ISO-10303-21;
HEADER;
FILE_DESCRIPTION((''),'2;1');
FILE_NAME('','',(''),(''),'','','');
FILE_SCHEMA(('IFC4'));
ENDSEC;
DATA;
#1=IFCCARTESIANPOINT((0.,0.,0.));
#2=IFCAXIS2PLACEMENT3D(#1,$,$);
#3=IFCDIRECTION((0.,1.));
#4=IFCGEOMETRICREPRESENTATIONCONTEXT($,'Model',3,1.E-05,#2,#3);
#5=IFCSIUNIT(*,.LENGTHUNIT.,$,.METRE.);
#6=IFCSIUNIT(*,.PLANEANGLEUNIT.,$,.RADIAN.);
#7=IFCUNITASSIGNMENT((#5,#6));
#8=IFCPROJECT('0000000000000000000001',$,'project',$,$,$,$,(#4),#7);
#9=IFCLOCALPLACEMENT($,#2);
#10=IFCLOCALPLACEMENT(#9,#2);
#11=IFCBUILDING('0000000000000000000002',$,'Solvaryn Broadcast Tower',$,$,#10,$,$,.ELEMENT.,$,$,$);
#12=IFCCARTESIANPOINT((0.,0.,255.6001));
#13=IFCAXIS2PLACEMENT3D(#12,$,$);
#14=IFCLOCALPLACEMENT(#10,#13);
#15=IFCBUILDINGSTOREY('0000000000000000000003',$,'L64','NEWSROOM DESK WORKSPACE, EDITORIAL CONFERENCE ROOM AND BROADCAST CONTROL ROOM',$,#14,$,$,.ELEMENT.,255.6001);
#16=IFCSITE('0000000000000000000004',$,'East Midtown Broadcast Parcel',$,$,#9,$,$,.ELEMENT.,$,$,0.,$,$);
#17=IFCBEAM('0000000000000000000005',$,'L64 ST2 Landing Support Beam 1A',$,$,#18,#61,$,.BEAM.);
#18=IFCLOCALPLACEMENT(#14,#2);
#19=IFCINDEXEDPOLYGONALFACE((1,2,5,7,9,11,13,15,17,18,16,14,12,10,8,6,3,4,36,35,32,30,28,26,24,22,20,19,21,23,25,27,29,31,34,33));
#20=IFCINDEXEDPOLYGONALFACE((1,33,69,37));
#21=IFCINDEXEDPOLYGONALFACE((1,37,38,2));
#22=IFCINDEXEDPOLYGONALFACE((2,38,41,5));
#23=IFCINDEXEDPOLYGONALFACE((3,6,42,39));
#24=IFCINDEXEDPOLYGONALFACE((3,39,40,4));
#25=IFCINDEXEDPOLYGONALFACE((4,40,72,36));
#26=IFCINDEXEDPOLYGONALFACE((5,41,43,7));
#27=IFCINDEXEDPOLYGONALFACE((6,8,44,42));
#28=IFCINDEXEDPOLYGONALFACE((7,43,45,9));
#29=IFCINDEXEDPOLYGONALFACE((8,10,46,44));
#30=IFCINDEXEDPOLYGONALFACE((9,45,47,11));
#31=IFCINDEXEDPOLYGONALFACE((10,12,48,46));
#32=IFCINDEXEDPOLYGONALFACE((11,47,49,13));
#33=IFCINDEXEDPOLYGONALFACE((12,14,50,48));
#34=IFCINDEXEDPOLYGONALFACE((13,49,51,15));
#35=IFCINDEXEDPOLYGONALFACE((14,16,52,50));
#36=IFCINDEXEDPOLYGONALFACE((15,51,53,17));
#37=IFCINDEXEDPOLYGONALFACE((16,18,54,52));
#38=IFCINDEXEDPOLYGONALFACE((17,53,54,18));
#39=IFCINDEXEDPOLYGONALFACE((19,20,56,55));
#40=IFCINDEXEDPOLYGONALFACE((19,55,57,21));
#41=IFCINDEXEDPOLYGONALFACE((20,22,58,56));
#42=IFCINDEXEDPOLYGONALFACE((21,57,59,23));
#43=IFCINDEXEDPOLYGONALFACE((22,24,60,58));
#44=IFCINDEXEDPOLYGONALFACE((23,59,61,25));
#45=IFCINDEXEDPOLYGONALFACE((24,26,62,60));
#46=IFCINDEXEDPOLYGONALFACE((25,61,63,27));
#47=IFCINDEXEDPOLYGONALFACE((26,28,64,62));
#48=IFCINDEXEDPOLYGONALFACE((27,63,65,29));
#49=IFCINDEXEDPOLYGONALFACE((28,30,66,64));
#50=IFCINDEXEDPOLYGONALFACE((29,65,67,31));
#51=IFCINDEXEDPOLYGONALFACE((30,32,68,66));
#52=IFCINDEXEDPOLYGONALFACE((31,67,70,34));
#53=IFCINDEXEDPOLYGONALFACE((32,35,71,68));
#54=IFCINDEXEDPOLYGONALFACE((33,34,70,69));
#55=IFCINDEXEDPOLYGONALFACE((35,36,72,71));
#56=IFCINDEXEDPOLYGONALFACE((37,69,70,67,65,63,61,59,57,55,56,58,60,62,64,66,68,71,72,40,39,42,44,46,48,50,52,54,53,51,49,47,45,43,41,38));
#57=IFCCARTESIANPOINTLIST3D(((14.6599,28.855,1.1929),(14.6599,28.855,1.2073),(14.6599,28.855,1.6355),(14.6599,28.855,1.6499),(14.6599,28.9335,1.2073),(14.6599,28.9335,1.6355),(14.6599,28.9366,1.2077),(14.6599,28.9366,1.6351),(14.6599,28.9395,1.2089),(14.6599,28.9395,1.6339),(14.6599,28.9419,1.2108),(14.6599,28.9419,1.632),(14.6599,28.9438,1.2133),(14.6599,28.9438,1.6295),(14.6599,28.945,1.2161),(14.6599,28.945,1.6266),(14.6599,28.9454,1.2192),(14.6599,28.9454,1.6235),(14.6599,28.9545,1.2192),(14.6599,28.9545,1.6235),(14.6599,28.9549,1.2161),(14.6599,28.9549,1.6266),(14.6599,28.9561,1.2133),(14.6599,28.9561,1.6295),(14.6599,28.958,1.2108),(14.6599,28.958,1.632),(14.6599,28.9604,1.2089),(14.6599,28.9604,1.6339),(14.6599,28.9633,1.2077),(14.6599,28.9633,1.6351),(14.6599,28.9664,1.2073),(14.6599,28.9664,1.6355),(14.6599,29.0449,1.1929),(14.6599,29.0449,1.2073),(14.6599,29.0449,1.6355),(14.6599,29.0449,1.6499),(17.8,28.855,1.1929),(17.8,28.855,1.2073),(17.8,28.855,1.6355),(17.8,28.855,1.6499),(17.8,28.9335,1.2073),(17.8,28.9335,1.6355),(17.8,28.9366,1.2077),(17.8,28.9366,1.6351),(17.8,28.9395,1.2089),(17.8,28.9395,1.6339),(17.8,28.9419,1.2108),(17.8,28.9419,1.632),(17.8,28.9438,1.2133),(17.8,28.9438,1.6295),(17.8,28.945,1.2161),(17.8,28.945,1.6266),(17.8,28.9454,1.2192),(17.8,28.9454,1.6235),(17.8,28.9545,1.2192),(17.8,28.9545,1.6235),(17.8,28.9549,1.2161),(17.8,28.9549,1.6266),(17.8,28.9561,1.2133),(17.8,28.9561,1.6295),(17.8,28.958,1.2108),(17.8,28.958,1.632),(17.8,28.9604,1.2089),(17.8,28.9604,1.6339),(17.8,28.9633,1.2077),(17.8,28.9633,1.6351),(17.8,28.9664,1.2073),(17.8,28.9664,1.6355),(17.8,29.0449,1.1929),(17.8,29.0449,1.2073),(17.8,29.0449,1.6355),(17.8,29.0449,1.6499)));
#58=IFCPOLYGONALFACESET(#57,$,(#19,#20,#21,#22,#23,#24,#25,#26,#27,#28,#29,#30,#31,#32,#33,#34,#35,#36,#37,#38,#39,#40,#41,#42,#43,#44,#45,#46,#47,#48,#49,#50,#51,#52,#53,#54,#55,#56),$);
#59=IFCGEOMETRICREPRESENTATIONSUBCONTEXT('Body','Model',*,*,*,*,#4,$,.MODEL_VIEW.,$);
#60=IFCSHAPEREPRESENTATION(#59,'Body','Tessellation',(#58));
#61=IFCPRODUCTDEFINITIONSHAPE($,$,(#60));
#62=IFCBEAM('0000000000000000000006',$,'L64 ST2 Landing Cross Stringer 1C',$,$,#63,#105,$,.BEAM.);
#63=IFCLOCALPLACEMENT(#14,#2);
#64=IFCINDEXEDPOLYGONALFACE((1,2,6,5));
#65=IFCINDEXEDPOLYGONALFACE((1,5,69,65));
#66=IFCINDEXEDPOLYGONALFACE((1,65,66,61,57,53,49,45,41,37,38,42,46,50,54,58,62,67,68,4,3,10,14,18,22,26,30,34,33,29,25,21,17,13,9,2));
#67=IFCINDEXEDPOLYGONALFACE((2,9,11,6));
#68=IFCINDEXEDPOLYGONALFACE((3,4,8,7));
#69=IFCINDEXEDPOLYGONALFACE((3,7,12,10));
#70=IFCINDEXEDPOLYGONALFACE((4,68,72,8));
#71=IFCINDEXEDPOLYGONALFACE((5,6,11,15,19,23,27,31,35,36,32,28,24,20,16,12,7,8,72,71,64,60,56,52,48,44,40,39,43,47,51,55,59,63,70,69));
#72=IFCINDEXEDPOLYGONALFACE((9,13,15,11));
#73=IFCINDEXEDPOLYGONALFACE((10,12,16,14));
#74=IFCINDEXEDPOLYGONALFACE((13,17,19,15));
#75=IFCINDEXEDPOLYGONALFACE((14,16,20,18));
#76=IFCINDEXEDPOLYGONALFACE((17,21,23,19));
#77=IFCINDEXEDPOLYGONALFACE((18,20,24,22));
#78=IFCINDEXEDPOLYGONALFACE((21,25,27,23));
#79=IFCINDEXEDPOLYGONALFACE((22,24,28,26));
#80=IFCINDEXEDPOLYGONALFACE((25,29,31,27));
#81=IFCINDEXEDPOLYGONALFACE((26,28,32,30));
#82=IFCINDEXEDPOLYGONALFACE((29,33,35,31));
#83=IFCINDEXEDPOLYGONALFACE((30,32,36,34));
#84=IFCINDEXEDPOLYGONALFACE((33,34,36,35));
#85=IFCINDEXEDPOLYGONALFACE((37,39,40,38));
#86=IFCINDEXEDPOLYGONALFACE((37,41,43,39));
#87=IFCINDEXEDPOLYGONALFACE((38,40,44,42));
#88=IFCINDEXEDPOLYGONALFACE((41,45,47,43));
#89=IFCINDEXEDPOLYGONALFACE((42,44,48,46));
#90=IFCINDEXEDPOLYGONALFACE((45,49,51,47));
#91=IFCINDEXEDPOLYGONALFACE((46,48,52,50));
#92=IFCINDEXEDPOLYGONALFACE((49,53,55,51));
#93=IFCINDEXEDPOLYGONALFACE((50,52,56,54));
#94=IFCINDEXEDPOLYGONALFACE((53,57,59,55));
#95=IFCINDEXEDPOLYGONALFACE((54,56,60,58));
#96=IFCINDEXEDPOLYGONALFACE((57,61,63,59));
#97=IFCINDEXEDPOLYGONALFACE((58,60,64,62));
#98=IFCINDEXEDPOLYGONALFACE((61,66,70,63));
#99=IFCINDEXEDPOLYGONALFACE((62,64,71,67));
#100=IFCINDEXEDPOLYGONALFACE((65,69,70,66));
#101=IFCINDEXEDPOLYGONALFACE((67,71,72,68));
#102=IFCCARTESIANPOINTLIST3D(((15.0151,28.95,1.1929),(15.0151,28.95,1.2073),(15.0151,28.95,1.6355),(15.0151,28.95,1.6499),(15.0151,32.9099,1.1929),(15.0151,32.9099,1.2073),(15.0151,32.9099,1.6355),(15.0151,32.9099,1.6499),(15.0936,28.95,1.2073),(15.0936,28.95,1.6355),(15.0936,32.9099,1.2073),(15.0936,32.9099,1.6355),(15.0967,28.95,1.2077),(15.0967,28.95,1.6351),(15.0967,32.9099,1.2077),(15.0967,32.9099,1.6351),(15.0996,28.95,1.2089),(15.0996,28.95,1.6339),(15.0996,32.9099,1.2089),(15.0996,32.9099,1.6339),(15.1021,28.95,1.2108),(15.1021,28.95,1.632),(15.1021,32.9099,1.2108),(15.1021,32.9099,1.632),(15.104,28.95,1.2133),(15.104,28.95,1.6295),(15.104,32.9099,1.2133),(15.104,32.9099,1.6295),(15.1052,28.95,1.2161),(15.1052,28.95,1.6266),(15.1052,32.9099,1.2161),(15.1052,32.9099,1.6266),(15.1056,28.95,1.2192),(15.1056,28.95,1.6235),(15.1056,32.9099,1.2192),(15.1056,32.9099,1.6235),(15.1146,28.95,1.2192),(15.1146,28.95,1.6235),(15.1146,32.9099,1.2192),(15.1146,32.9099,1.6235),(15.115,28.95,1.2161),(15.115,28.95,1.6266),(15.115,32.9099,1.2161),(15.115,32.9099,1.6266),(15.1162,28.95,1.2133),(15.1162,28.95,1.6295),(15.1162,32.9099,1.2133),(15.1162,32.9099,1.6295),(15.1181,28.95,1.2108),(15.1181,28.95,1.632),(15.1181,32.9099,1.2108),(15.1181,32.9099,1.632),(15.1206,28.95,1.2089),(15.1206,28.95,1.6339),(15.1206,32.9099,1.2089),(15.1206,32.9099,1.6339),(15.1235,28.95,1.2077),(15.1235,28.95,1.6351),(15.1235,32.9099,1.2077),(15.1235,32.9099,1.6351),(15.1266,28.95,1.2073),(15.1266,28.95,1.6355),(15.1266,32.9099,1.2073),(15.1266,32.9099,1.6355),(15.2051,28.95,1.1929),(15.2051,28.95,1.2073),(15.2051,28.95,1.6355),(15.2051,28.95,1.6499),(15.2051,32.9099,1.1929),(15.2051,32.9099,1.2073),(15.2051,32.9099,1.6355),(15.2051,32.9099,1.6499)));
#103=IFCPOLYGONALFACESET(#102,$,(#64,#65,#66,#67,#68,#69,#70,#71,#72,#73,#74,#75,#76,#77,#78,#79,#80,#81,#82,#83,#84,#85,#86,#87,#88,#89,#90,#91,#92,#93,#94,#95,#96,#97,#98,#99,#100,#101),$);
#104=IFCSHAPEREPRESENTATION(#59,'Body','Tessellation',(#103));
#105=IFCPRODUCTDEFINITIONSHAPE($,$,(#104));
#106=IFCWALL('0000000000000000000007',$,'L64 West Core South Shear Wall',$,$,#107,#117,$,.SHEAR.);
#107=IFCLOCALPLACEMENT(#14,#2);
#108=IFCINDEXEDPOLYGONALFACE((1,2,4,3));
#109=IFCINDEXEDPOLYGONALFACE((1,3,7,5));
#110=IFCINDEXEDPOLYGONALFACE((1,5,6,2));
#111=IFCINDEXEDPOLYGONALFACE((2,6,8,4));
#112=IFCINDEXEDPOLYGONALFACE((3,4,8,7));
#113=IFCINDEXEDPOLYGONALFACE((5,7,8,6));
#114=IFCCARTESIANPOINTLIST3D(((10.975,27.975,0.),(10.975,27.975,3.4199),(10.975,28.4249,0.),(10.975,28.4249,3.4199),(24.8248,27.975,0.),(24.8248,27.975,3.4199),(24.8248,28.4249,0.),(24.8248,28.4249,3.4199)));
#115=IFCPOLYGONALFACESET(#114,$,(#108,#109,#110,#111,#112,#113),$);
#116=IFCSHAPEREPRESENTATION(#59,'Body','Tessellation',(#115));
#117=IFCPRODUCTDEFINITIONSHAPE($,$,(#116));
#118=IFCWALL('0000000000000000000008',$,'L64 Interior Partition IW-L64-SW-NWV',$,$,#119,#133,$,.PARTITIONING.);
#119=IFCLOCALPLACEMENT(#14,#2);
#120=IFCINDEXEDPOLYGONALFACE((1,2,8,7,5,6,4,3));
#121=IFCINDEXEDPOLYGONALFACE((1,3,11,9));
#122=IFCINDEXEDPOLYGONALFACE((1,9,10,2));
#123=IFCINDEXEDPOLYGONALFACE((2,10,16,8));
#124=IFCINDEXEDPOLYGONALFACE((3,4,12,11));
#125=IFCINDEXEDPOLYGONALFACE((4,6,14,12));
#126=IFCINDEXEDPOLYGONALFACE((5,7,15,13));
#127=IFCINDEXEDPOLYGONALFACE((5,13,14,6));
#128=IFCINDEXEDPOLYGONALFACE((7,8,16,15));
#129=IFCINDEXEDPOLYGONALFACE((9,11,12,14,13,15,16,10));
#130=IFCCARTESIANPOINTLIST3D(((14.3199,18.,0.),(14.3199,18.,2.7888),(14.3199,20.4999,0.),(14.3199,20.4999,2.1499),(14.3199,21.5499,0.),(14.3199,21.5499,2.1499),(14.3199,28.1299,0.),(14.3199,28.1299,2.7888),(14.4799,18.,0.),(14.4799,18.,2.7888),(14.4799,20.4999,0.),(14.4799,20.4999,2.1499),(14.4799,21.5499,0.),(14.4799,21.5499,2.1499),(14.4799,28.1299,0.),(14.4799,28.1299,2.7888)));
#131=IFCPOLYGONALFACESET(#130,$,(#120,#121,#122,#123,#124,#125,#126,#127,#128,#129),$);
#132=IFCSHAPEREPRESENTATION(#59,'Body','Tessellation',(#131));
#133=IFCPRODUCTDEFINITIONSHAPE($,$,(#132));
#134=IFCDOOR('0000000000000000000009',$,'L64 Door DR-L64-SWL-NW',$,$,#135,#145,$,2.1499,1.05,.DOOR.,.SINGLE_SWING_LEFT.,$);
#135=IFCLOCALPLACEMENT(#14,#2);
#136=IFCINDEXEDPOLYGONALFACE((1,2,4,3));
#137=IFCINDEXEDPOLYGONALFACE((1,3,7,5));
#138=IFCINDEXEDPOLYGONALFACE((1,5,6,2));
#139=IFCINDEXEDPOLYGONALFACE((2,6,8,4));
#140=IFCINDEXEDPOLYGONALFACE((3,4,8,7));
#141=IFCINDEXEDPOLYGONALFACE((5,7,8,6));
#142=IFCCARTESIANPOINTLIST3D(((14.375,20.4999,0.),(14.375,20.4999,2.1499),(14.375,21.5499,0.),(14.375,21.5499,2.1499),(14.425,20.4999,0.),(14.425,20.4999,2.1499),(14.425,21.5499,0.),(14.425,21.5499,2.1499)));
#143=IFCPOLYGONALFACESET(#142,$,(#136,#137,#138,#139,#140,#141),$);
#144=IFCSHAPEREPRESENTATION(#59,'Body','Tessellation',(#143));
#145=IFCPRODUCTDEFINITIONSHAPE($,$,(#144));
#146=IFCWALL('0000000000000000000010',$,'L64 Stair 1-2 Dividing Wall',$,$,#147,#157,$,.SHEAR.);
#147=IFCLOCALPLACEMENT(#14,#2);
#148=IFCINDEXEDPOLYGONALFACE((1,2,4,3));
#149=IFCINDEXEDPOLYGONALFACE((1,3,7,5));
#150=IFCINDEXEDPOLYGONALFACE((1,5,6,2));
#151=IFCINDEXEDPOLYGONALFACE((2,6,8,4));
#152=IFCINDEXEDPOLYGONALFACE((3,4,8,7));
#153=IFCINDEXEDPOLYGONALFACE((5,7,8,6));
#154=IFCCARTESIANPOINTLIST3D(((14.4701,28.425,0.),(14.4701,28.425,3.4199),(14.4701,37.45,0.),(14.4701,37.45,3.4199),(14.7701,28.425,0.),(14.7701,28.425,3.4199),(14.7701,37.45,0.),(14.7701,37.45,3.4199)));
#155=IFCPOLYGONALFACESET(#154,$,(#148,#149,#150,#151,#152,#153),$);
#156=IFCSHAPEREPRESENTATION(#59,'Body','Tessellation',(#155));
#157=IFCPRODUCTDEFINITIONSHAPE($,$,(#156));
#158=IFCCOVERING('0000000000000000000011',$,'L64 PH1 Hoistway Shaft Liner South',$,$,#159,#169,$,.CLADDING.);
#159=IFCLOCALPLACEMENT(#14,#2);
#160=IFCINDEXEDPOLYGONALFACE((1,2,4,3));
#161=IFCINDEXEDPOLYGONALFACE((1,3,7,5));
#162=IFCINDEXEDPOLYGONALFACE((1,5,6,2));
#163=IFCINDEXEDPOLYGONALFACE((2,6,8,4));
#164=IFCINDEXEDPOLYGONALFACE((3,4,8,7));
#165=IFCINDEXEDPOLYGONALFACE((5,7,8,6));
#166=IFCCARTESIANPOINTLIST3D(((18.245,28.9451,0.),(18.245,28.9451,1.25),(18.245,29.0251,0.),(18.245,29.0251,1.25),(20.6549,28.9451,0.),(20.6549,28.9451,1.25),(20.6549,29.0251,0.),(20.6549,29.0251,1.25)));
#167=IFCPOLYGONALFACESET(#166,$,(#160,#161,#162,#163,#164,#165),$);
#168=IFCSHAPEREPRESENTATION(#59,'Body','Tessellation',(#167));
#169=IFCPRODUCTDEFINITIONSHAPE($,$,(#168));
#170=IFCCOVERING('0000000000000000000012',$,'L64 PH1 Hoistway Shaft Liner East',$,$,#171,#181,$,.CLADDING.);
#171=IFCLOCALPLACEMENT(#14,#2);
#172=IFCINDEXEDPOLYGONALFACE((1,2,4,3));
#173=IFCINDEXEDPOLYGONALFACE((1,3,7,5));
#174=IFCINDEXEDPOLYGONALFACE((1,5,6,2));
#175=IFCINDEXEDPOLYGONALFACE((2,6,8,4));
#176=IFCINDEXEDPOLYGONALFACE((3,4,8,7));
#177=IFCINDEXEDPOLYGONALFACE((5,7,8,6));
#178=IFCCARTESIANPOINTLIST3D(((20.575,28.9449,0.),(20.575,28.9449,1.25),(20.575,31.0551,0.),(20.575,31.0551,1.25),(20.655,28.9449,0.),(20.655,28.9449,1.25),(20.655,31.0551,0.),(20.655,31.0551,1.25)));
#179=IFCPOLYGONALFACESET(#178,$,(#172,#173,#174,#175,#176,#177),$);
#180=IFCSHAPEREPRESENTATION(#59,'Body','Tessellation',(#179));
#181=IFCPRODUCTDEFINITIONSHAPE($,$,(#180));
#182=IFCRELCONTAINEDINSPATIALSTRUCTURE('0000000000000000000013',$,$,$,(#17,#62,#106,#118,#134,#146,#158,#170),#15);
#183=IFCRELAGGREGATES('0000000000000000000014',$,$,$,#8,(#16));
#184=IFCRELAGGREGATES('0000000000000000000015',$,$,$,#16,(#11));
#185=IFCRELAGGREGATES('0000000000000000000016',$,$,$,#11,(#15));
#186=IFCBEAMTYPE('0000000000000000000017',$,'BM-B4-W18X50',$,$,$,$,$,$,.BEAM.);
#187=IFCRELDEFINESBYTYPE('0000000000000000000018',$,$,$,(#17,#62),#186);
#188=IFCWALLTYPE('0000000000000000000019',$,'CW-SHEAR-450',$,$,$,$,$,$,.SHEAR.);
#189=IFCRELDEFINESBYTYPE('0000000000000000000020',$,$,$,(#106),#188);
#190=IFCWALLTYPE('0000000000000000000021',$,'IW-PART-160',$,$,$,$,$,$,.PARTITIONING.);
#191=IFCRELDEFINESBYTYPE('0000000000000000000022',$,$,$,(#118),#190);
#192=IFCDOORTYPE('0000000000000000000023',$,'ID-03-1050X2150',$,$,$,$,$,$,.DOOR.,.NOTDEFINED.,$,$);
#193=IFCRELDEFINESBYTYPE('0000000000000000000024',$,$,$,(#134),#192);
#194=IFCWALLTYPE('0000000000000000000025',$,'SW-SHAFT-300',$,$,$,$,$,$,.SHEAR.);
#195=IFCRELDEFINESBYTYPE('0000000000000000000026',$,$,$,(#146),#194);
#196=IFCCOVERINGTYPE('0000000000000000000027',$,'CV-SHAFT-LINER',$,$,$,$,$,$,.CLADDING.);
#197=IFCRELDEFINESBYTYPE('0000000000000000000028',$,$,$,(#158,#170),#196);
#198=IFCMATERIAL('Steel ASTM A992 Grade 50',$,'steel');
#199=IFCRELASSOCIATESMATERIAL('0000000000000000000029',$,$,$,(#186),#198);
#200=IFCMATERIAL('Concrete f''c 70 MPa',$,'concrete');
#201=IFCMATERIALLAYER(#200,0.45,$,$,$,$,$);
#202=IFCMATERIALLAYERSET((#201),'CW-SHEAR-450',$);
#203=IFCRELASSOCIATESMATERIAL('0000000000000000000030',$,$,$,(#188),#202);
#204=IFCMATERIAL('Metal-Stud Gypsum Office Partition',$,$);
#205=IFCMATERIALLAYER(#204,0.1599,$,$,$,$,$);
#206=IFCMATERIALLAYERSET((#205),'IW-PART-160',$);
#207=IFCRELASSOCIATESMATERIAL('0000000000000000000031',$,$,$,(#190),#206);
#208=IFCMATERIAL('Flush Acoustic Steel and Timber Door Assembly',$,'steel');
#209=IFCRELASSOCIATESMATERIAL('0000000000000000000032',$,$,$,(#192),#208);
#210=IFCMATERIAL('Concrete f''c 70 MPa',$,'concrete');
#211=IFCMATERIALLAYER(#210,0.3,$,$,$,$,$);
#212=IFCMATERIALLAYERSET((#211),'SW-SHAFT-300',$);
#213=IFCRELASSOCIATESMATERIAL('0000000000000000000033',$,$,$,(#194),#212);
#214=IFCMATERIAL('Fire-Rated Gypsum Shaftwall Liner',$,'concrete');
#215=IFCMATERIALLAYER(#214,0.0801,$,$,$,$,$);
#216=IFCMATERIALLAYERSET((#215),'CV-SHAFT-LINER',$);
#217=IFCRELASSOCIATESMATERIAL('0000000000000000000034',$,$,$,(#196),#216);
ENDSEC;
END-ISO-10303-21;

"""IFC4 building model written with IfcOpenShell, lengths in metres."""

from ifc_helpers import new_model, si_unit, direction, frame, frame_2d, origin, origin_2d, place, context, subcontext, project, spatial, rectangle, i_section, extrude, material, layer, layer_set, material_profile, profile_set, type_object, element, fill, save


model = new_model("IFC4")

# Units and contexts
model_context = context("Model", 3, precision=1e-05, world=origin(), true_north=direction((0.0, 1.0)))
body_context = subcontext(model_context, "Body", "Model", "MODEL_VIEW")
ifc_project = project(units=[si_unit("LENGTHUNIT", "METRE"), si_unit("PLANEANGLEUNIT", "RADIAN")], contexts=[model_context])

# Site, building, storey
site_placement = place(None, origin())
site = spatial("IfcSite", under=ifc_project, at=site_placement, Name="East Midtown Broadcast Parcel", CompositionType="ELEMENT", RefElevation=0.0)
building_placement = place(site_placement, origin())
building = spatial("IfcBuilding", under=site, at=building_placement, Name="Solvaryn Broadcast Tower", CompositionType="ELEMENT")
storey_placement = place(building_placement, frame((0.0, 0.0, 255.6001)))
storey = spatial("IfcBuildingStorey", under=building, at=storey_placement, Name="L64", Description="NEWSROOM DESK WORKSPACE, EDITORIAL CONFERENCE ROOM AND BROADCAST CONTROL ROOM", CompositionType="ELEMENT", Elevation=255.6001)

# Beams
ifc_material_1 = material(Name="Steel ASTM A992 Grade 50", Category="steel")
ifc_material_profile_1 = material_profile(ifc_material_1, i_section(OverallWidth=0.1899, OverallDepth=0.457, WebThickness=0.009, FlangeThickness=0.0144, FilletRadius=0.012, at=origin_2d()))
ifc_profile_set_1 = profile_set([ifc_material_profile_1], Name="Steel ASTM A992 Grade 50")
beam_type_1 = type_object("IfcBeamType", Name="BM-B4-W18X50", PredefinedType="BEAM", material=ifc_profile_set_1)
beam_1_placement = place(storey_placement, frame((14.6599, 28.95, 1.4214), z_axis=(1.0, 0.0, 0.0), x_axis=(0.0, 1.0, 0.0)))
element("IfcBeam", 1, at=beam_1_placement, inside=storey, type_object=beam_type_1, Name="L64 ST2 Landing Support Beam 1A", PredefinedType="BEAM", context=body_context, shape_type="SweptSolid", body=[
    extrude(i_section(OverallWidth=0.1899, OverallDepth=0.457, WebThickness=0.009, FlangeThickness=0.0144, FilletRadius=0.012, at=origin_2d()), origin(), (0.0, 0.0, 1.0), 3.1401),
])
beam_2_placement = place(storey_placement, frame((15.1101, 28.95, 1.4214), z_axis=(0.0, 1.0, 0.0), x_axis=(-1.0, 0.0, 0.0)))
element("IfcBeam", 2, at=beam_2_placement, inside=storey, type_object=beam_type_1, Name="L64 ST2 Landing Cross Stringer 1C", PredefinedType="BEAM", context=body_context, shape_type="SweptSolid", body=[
    extrude(i_section(OverallWidth=0.1899, OverallDepth=0.457, WebThickness=0.009, FlangeThickness=0.0144, FilletRadius=0.012, at=origin_2d()), origin(), (0.0, 0.0, 1.0), 3.96),
])

# Wall
ifc_material_2 = material(Name="Concrete f'c 70 MPa", Category="concrete")
ifc_layer_1 = layer(ifc_material_2, 0.45)
ifc_layer_set_1 = layer_set([ifc_layer_1], Name="CW-SHEAR-450")
wall_type_1 = type_object("IfcWallType", Name="CW-SHEAR-450", PredefinedType="SHEAR", material=ifc_layer_set_1)
wall_1_placement = place(storey_placement, frame((10.9751, 28.2, 0.0), z_axis=(0.0, 0.0, 1.0), x_axis=(1.0, 0.0, 0.0)))
element("IfcWall", 3, at=wall_1_placement, inside=storey, type_object=wall_type_1, Name="L64 West Core South Shear Wall", PredefinedType="SHEAR", context=body_context, shape_type="SweptSolid", body=[
    extrude(rectangle(XDim=13.8499, YDim=0.45, at=frame_2d((6.9248, 0.0))), origin(), (0.0, 0.0, 1.0), 3.4199),
])

# Wall, opening, door
ifc_material_3 = material(Name="Metal-Stud Gypsum Office Partition")
ifc_layer_2 = layer(ifc_material_3, 0.1599)
ifc_layer_set_2 = layer_set([ifc_layer_2], Name="IW-PART-160")
wall_type_2 = type_object("IfcWallType", Name="IW-PART-160", PredefinedType="PARTITIONING", material=ifc_layer_set_2)
ifc_material_4 = material(Name="Flush Acoustic Steel and Timber Door Assembly", Category="steel")
door_type = type_object("IfcDoorType", Name="ID-03-1050X2150", OperationType="NOTDEFINED", PredefinedType="DOOR", material=ifc_material_4)
wall_2_placement = place(storey_placement, frame((14.3999, 18.0, 0.0), z_axis=(0.0, 0.0, 1.0), x_axis=(0.0, 1.0, 0.0)))
wall_2 = element("IfcWall", 4, at=wall_2_placement, inside=storey, type_object=wall_type_2, Name="L64 Interior Partition IW-L64-SW-NWV", PredefinedType="PARTITIONING", context=body_context, shape_type="SweptSolid", body=[
    extrude(rectangle(XDim=10.1299, YDim=0.1599, at=frame_2d((5.0649, 0.0))), origin(), (0.0, 0.0, 1.0), 2.7888),
])
opening_1_placement = place(wall_2_placement, frame((2.5, 0.0, 0.0)))
opening_1 = element("IfcOpeningElement", 5, at=opening_1_placement, cuts=wall_2, PredefinedType="OPENING", context=body_context, shape_type="SweptSolid", body=[
    extrude(rectangle(XDim=1.05, YDim=2.1499, at=frame_2d((0.5249, 1.075))), frame((0.0, 0.0901, 0.0), z_axis=(0.0, -1.0, 0.0), x_axis=(1.0, 0.0, 0.0)), (0.0, 0.0, 1.0), 0.1799),
])
door_1_placement = place(opening_1_placement, origin())
door_1 = element("IfcDoor", 6, at=door_1_placement, inside=storey, type_object=door_type, Name="L64 Door DR-L64-SWL-NW", OperationType="SINGLE_SWING_LEFT", OverallHeight=2.1499, OverallWidth=1.05, PredefinedType="DOOR", context=body_context, shape_type="SweptSolid", body=[
    extrude(rectangle(XDim=1.05, YDim=2.1499, at=frame_2d((0.5249, 1.075))), frame((0.0, 0.0249, 0.0), z_axis=(0.0, -1.0, 0.0), x_axis=(1.0, 0.0, 0.0)), (0.0, 0.0, 1.0), 0.05),
])
fill(opening_1, door_1)

# Wall
ifc_material_5 = material(Name="Concrete f'c 70 MPa", Category="concrete")
ifc_layer_3 = layer(ifc_material_5, 0.3)
ifc_layer_set_3 = layer_set([ifc_layer_3], Name="SW-SHAFT-300")
wall_type_3 = type_object("IfcWallType", Name="SW-SHAFT-300", PredefinedType="SHEAR", material=ifc_layer_set_3)
wall_3_placement = place(storey_placement, frame((14.6201, 28.425, 0.0), z_axis=(0.0, 0.0, 1.0), x_axis=(0.0, 1.0, 0.0)))
element("IfcWall", 7, at=wall_3_placement, inside=storey, type_object=wall_type_3, Name="L64 Stair 1-2 Dividing Wall", PredefinedType="SHEAR", context=body_context, shape_type="SweptSolid", body=[
    extrude(rectangle(XDim=9.0249, YDim=0.3, at=frame_2d((4.5125, 0.0))), origin(), (0.0, 0.0, 1.0), 3.4199),
])

# Coverings
ifc_material_6 = material(Name="Fire-Rated Gypsum Shaftwall Liner", Category="concrete")
ifc_layer_4 = layer(ifc_material_6, 0.0801)
ifc_layer_set_4 = layer_set([ifc_layer_4], Name="CV-SHAFT-LINER")
covering_type = type_object("IfcCoveringType", Name="CV-SHAFT-LINER", PredefinedType="CLADDING", material=ifc_layer_set_4)
covering_1_placement = place(storey_placement, frame((19.45, 28.9851, 0.0), z_axis=(0.0, 0.0, 1.0), x_axis=(1.0, 0.0, 0.0)))
element("IfcCovering", 8, at=covering_1_placement, inside=storey, type_object=covering_type, Name="L64 PH1 Hoistway Shaft Liner South", PredefinedType="CLADDING", context=body_context, shape_type="SweptSolid", body=[
    extrude(rectangle(XDim=2.4099, YDim=0.0801, at=origin_2d()), origin(), (0.0, 0.0, 1.0), 1.25),
])
for number, where, z_axis, x_axis, name in (
    (9, (20.615, 30.0, 0.0), (0.0, 0.0, 1.0), (1.0, 0.0, 0.0), "L64 PH1 Hoistway Shaft Liner East"),
):
    element("IfcCovering", number, at=place(storey_placement, frame(where, z_axis=z_axis, x_axis=x_axis)), inside=storey, type_object=covering_type, Name=name, PredefinedType="CLADDING", context=body_context, shape_type="SweptSolid", body=[
        extrude(rectangle(XDim=0.0801, YDim=2.1101, at=origin_2d()), origin(), (0.0, 0.0, 1.0), 1.25),
    ])

save(model, "model.ifc")
